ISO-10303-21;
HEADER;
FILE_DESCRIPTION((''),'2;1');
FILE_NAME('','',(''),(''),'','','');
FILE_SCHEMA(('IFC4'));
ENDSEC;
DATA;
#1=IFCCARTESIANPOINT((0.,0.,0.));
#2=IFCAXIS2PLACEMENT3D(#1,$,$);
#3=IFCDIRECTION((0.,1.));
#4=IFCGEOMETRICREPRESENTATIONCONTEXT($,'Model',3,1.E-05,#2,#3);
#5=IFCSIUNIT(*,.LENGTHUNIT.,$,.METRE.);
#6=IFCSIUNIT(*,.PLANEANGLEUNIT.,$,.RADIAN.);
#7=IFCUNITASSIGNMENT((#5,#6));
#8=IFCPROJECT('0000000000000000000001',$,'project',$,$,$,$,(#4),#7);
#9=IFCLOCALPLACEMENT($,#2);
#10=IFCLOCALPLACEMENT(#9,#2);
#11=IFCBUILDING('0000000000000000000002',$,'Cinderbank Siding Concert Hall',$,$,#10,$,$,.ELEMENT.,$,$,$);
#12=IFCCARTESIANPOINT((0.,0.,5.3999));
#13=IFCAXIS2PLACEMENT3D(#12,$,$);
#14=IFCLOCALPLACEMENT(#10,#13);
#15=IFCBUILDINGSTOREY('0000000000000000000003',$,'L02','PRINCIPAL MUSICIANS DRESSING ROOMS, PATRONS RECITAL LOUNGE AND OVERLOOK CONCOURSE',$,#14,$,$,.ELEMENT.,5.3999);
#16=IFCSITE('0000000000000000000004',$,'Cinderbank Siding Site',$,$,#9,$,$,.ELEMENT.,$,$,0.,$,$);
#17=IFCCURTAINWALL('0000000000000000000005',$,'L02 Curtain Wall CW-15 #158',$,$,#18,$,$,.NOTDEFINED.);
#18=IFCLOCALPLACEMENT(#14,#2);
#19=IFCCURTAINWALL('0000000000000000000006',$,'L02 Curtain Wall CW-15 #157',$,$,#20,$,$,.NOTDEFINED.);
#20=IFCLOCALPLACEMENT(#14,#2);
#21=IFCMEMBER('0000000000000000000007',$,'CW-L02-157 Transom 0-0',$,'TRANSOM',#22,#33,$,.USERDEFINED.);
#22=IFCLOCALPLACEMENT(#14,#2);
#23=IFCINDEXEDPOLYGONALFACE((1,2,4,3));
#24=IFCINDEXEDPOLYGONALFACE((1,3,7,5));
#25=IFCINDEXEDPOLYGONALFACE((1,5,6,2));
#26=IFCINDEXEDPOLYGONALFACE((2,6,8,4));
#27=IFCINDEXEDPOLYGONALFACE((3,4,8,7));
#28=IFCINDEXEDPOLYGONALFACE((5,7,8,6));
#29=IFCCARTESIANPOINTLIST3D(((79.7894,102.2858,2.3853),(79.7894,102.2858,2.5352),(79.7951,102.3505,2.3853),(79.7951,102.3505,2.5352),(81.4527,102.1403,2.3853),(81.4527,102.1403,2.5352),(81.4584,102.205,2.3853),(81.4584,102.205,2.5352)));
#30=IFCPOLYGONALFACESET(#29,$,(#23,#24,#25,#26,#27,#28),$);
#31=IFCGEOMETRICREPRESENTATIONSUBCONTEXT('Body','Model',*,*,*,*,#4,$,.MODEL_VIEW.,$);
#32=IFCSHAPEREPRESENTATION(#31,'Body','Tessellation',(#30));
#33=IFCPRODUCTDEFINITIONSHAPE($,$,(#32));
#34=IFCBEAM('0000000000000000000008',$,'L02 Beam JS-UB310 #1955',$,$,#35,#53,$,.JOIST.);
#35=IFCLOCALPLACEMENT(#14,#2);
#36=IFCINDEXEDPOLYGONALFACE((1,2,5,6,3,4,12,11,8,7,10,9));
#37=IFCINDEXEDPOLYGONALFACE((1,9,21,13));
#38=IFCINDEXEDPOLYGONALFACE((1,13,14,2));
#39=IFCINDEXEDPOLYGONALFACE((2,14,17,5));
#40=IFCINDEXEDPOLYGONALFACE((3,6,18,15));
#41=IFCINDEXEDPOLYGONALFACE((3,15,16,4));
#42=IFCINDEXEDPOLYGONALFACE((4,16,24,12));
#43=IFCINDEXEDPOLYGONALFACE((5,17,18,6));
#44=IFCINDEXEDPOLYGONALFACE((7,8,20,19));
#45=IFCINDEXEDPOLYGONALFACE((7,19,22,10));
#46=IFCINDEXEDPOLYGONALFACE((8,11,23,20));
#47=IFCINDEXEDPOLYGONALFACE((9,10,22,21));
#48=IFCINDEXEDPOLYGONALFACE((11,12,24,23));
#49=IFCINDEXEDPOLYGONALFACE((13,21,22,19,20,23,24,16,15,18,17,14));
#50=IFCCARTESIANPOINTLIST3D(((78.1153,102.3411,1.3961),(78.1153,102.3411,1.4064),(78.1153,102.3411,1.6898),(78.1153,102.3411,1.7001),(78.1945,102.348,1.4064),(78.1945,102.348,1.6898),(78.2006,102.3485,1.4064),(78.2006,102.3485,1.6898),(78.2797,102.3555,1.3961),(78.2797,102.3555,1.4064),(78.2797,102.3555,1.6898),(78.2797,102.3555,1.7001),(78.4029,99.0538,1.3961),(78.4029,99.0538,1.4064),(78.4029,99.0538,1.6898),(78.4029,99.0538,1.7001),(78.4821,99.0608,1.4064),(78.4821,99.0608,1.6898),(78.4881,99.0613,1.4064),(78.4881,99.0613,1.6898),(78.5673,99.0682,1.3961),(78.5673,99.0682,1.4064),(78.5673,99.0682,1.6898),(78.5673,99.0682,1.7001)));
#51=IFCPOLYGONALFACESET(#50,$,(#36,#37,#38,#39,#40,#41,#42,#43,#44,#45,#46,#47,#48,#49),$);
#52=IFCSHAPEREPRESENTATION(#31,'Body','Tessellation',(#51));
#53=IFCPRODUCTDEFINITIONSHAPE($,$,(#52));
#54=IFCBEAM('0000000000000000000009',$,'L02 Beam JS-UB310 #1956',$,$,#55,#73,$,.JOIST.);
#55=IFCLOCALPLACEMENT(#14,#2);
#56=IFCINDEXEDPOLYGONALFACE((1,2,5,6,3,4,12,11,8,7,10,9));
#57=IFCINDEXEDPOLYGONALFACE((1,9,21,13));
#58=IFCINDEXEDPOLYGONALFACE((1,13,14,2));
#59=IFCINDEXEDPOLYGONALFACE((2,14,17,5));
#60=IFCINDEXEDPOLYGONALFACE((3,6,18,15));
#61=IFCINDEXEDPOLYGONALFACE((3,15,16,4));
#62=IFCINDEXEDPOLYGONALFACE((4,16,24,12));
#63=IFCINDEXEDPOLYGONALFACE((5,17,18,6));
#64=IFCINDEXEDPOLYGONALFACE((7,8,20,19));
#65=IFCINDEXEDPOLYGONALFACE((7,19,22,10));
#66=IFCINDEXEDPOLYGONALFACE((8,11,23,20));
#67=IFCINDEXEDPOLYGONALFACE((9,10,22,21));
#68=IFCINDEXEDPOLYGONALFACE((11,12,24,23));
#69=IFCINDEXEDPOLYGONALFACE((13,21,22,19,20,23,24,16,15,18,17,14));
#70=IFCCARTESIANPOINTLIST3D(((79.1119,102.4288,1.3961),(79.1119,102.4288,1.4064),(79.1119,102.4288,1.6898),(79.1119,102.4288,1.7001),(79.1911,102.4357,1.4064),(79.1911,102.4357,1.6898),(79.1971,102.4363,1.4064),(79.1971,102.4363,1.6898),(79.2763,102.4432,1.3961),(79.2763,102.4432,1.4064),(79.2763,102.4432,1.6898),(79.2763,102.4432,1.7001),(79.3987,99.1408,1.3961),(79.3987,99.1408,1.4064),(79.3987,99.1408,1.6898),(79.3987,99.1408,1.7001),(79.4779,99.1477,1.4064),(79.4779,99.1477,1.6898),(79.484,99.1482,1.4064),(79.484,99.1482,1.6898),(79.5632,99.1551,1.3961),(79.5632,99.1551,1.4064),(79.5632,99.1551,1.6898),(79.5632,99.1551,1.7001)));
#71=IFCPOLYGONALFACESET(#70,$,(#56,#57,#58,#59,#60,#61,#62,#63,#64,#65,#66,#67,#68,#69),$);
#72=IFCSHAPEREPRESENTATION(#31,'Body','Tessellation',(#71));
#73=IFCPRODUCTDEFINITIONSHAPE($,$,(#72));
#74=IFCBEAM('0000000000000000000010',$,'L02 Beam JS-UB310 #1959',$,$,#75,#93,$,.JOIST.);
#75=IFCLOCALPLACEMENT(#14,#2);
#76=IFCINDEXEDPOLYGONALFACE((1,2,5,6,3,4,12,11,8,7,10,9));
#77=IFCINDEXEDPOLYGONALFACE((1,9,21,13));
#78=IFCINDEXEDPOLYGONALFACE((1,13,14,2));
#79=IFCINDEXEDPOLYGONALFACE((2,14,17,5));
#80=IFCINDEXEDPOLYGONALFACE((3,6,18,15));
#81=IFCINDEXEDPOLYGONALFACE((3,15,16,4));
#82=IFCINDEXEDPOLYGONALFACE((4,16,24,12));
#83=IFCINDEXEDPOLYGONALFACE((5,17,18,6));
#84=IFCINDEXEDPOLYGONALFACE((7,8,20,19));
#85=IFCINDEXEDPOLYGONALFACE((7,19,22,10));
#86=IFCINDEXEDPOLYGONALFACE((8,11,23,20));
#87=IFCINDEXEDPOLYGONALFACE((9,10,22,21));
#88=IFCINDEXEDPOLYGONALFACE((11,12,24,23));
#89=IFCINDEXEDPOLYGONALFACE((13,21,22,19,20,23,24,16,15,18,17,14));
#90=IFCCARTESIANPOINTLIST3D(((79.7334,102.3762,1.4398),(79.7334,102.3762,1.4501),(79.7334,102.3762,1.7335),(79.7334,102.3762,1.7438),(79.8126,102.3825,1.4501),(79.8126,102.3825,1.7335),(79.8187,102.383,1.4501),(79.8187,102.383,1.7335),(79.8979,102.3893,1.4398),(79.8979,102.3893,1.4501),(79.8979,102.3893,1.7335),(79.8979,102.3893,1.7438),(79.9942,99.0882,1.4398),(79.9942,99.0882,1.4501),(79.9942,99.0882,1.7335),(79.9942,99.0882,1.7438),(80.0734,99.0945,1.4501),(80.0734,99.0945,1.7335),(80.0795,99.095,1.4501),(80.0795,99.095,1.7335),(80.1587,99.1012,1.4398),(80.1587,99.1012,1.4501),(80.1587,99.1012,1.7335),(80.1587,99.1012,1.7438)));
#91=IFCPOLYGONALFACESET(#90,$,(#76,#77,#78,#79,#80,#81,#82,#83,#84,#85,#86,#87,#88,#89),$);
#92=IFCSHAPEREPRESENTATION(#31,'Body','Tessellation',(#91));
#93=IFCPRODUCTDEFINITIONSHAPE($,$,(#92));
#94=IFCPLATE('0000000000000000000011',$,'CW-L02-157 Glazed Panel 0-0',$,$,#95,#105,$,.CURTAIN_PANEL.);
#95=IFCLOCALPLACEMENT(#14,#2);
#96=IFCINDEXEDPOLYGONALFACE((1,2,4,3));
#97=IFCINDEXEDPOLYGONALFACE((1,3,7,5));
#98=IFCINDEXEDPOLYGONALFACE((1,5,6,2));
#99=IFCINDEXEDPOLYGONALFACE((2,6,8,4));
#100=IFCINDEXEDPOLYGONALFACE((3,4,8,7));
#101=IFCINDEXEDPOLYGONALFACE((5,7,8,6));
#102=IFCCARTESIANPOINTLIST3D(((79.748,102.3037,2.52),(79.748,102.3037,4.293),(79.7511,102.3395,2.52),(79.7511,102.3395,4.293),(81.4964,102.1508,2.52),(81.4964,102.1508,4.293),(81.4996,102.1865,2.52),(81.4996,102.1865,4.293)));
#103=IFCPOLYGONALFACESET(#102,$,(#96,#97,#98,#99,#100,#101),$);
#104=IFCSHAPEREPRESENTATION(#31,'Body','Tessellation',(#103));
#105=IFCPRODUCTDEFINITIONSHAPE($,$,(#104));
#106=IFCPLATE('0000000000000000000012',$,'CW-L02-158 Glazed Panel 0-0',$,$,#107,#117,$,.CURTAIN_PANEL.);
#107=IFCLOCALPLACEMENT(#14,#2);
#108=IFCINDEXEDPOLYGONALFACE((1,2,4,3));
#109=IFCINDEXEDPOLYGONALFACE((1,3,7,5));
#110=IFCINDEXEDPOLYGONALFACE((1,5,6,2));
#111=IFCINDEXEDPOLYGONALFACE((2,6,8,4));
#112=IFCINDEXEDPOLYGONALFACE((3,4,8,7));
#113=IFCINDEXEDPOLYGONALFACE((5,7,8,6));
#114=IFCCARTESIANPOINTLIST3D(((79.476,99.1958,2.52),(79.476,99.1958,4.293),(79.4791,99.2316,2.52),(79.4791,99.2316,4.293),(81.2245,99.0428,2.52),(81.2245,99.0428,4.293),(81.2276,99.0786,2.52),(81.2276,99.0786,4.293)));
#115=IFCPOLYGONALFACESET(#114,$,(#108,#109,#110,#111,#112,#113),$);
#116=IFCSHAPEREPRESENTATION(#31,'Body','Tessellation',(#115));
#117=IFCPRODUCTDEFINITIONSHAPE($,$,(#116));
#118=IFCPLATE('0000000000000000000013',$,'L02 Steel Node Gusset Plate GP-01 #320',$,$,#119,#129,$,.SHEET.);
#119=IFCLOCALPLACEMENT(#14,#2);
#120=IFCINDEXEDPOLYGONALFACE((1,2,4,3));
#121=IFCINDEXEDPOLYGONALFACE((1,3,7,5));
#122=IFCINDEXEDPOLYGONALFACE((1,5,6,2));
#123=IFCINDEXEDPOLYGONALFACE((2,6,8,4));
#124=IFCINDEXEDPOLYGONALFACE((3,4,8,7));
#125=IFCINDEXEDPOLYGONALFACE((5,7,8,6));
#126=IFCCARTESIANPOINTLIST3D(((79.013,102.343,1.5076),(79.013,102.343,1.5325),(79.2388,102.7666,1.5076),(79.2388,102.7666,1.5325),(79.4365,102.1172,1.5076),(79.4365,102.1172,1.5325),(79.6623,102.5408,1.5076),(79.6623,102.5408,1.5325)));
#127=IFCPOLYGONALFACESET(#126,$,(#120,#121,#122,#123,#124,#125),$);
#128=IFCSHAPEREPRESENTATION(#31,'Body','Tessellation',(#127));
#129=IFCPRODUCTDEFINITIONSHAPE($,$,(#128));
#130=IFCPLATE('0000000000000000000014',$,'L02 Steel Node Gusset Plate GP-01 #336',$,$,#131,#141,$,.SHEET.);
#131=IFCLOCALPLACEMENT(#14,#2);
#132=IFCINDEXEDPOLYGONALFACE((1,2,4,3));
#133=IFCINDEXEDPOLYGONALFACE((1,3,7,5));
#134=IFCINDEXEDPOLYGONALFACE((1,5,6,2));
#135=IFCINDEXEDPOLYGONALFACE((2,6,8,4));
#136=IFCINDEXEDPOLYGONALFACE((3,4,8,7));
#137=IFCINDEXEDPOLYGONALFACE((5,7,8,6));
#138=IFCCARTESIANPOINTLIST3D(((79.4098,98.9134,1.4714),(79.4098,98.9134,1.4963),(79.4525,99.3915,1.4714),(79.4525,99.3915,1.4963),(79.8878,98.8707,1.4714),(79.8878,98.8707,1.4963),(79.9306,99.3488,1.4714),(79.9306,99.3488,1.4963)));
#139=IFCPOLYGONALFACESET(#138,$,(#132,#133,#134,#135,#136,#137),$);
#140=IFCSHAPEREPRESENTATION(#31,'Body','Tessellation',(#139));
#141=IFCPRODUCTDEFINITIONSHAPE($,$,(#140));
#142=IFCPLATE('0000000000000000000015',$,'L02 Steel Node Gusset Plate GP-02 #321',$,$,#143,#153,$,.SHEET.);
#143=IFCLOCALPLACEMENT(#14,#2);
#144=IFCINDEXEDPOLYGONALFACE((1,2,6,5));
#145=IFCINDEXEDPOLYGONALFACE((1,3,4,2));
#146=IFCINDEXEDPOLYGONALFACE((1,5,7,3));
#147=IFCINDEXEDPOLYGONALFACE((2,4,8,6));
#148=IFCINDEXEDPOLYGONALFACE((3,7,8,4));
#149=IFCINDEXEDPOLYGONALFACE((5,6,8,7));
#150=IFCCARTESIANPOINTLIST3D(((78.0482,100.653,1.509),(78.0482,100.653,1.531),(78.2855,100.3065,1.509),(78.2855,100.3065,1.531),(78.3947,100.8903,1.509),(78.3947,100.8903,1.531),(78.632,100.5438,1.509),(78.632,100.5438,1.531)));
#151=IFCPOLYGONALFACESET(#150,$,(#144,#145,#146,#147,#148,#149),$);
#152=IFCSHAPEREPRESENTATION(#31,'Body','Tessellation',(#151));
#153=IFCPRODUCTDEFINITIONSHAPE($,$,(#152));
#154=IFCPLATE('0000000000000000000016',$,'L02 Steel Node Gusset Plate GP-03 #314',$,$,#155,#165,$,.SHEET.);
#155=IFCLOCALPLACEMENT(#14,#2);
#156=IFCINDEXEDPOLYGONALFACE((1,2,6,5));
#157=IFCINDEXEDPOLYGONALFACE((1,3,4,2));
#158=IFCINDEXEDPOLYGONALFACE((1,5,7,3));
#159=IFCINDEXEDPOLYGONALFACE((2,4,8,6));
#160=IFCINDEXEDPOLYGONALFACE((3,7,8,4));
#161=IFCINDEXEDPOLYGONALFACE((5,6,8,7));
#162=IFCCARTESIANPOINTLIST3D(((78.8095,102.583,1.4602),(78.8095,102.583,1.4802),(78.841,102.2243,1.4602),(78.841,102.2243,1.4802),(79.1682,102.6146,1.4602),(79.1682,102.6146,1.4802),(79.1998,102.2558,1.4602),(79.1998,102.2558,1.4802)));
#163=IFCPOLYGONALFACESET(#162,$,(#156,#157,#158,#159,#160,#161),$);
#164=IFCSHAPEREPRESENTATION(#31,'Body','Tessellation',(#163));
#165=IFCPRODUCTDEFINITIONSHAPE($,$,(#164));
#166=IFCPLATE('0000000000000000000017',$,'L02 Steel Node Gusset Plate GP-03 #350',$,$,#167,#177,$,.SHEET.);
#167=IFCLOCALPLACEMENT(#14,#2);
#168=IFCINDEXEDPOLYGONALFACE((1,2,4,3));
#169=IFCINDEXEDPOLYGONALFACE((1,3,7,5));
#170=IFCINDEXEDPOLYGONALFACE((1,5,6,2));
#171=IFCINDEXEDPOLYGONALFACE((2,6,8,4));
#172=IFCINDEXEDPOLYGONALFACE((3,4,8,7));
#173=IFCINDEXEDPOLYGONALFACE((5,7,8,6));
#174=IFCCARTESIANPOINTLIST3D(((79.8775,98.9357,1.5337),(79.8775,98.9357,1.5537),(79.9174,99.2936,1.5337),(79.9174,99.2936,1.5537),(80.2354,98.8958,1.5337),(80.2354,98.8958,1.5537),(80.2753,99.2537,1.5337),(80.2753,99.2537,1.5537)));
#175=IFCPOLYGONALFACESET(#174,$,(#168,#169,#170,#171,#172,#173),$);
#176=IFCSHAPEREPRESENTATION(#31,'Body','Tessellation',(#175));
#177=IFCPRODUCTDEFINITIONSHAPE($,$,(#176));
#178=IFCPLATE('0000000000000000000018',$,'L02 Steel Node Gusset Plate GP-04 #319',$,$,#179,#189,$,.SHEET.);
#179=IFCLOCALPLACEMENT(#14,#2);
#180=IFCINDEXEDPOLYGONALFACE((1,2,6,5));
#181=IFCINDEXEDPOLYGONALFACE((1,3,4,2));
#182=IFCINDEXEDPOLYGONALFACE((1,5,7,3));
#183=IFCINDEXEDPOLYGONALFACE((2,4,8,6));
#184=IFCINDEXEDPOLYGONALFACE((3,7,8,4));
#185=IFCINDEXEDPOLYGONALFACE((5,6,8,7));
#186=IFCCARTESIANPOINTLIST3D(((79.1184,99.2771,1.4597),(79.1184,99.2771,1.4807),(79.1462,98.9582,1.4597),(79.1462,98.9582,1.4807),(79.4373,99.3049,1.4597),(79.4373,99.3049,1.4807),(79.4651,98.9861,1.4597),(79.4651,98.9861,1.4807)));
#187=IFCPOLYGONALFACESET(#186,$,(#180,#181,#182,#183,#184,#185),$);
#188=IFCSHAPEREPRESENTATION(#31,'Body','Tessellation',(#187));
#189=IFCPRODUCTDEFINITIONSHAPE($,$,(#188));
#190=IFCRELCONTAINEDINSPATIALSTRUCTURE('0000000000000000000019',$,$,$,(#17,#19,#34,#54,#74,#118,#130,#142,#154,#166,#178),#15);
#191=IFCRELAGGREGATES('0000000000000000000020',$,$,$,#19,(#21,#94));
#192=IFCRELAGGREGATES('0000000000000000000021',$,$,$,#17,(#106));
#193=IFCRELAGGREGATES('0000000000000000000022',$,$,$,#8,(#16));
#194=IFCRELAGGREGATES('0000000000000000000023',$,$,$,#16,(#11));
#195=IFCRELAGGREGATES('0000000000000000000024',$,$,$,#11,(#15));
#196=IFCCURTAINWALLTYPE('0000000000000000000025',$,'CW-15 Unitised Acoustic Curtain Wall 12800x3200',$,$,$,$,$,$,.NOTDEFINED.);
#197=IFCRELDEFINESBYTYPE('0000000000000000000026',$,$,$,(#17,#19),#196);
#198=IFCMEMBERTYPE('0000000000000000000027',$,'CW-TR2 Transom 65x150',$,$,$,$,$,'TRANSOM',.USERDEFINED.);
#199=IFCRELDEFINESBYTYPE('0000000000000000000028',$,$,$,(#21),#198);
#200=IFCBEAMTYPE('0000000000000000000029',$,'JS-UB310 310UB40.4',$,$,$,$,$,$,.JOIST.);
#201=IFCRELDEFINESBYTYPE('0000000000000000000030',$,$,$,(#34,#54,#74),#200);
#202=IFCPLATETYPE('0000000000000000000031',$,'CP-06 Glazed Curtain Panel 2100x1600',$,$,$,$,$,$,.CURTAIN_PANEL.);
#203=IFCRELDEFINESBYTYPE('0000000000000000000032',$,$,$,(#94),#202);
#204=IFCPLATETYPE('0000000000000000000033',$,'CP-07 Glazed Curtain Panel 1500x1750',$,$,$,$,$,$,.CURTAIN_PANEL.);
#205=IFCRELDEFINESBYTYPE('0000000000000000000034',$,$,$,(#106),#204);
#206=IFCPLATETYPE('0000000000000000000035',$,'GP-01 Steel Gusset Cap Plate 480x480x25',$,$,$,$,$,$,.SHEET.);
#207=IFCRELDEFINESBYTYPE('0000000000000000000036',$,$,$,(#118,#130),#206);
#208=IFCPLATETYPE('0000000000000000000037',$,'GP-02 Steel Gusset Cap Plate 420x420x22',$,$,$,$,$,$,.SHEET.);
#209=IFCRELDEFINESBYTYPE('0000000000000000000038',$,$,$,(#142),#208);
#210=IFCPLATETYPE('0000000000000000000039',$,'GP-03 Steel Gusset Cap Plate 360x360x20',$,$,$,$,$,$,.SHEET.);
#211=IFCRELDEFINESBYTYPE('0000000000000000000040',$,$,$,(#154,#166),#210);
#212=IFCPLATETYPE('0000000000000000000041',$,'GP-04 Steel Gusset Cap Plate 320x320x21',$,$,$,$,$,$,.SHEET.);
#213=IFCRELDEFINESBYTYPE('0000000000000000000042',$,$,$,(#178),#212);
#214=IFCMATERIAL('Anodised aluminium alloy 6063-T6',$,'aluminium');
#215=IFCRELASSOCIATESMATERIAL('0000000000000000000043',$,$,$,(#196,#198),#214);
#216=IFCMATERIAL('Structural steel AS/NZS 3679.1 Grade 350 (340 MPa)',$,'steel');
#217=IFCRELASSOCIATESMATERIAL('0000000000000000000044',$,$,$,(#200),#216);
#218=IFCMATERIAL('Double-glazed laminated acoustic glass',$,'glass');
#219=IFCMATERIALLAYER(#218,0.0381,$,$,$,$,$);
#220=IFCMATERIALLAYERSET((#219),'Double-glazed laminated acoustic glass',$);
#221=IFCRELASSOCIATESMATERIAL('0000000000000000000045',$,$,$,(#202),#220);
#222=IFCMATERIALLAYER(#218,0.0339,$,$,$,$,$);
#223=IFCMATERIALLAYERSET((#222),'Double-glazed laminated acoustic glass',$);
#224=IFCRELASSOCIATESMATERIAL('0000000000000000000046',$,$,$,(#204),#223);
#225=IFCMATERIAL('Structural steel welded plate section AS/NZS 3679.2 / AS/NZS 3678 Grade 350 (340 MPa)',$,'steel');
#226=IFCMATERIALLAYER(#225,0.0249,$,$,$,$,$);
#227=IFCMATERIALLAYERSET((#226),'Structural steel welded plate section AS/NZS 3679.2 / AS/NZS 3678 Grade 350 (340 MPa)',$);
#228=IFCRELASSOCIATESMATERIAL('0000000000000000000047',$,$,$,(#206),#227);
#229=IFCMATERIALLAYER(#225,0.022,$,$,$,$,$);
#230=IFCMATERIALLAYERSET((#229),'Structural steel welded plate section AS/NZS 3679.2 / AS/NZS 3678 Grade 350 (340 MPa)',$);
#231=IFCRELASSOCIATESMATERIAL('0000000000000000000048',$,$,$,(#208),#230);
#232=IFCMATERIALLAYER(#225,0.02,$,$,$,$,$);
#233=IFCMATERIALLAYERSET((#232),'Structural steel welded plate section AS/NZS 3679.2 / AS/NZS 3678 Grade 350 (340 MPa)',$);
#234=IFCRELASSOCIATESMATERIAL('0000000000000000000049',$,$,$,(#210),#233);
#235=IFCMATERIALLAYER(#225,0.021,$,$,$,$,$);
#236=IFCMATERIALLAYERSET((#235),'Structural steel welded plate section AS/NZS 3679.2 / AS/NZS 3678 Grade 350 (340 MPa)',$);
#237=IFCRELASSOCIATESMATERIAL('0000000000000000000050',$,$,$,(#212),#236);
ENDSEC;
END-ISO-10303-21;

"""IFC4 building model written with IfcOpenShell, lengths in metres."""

from ifc_helpers import new_model, si_unit, direction, frame, origin, origin_2d, place, context, subcontext, project, spatial, rectangle, i_section, extrude, material, layer, layer_set, material_profile, profile_set, type_object, element, aggregate, save


model = new_model("IFC4")

# Units and contexts
model_context = context("Model", 3, precision=1e-05, world=origin(), true_north=direction((0.0, 1.0)))
body_context = subcontext(model_context, "Body", "Model", "MODEL_VIEW")
ifc_project = project(units=[si_unit("LENGTHUNIT", "METRE"), si_unit("PLANEANGLEUNIT", "RADIAN")], contexts=[model_context])

# Site, building, storey
site_placement = place(None, origin())
site = spatial("IfcSite", under=ifc_project, at=site_placement, Name="Cinderbank Siding Site", CompositionType="ELEMENT", RefElevation=0.0)
building_placement = place(site_placement, origin())
building = spatial("IfcBuilding", under=site, at=building_placement, Name="Cinderbank Siding Concert Hall", CompositionType="ELEMENT")
storey_placement = place(building_placement, frame((0.0, 0.0, 5.3999)))
storey = spatial("IfcBuildingStorey", under=building, at=storey_placement, Name="L02", Description="PRINCIPAL MUSICIANS DRESSING ROOMS, PATRONS RECITAL LOUNGE AND OVERLOOK CONCOURSE", CompositionType="ELEMENT", Elevation=5.3999)

# Shared definitions
ifc_material_1 = material(Name="Structural steel welded plate section AS/NZS 3679.2 / AS/NZS 3678 Grade 350 (340 MPa)", Category="steel")

# Curtain walls
ifc_material_2 = material(Name="Anodised aluminium alloy 6063-T6", Category="aluminium")
curtain_wall_type = type_object("IfcCurtainWallType", Name="CW-15 Unitised Acoustic Curtain Wall 12800x3200", PredefinedType="NOTDEFINED", material=ifc_material_2)
curtain_wall_1_placement = place(storey_placement, origin())
curtain_wall_1 = element("IfcCurtainWall", 1, at=curtain_wall_1_placement, inside=storey, type_object=curtain_wall_type, Name="L02 Curtain Wall CW-15 #158", PredefinedType="NOTDEFINED")
curtain_wall_2_placement = place(storey_placement, origin())
curtain_wall_2 = element("IfcCurtainWall", 2, at=curtain_wall_2_placement, inside=storey, type_object=curtain_wall_type, Name="L02 Curtain Wall CW-15 #157", PredefinedType="NOTDEFINED")

# Member
ifc_material_profile_1 = material_profile(ifc_material_2, rectangle(XDim=0.0649, YDim=0.1499, at=origin_2d()), Name="ALU-TRAN-65x150", Category="LoadBearing")
ifc_profile_set_1 = profile_set([ifc_material_profile_1], Name="Anodised aluminium alloy 6063-T6")
member_type_1 = type_object("IfcMemberType", Name="CW-TR2 Transom 65x150", ElementType="TRANSOM", PredefinedType="USERDEFINED", material=ifc_profile_set_1)
member_1_placement = place(storey_placement, frame((79.7922, 102.3181, 2.4602), z_axis=(0.996195, -0.087147, 0.0), x_axis=(0.087147, 0.996195, 0.0)))
member_1 = element("IfcMember", 3, at=member_1_placement, type_object=member_type_1, Name="CW-L02-157 Transom 0-0", ObjectType="TRANSOM", PredefinedType="USERDEFINED", context=body_context, shape_type="SweptSolid", body=[
    extrude(rectangle(XDim=0.0649, YDim=0.1499, at=origin_2d()), origin(), (0.0, 0.0, 1.0), 1.6697),
])

# Beams
ifc_material_3 = material(Name="Structural steel AS/NZS 3679.1 Grade 350 (340 MPa)", Category="steel")
ifc_material_profile_2 = material_profile(ifc_material_3, i_section(OverallWidth=0.165, OverallDepth=0.304, WebThickness=0.0061, FlangeThickness=0.0103, at=origin_2d()), Name="310UB40.4", Category="LoadBearing")
ifc_profile_set_2 = profile_set([ifc_material_profile_2], Name="Structural steel AS/NZS 3679.1 Grade 350 (340 MPa)")
beam_type_1 = type_object("IfcBeamType", Name="JS-UB310 310UB40.4", PredefinedType="JOIST", material=ifc_profile_set_2)
beam_1_placement = place(storey_placement, frame((78.4851, 99.061, 1.5481), z_axis=(-0.087153, 0.996195, 0.0), x_axis=(-0.996195, -0.087153, 0.0)))
element("IfcBeam", 4, at=beam_1_placement, inside=storey, type_object=beam_type_1, Name="L02 Beam JS-UB310 #1955", PredefinedType="JOIST", context=body_context, shape_type="SweptSolid", body=[
    extrude(i_section(OverallWidth=0.165, OverallDepth=0.304, WebThickness=0.0061, FlangeThickness=0.0103, at=origin_2d()), origin(), (0.0, 0.0, 1.0), 3.2998),
])
beam_2_placement = place(storey_placement, frame((79.481, 99.1479, 1.5481), z_axis=(-0.086914, 0.996216, 0.0), x_axis=(-0.996216, -0.086914, 0.0)))
element("IfcBeam", 5, at=beam_2_placement, inside=storey, type_object=beam_type_1, Name="L02 Beam JS-UB310 #1956", PredefinedType="JOIST", context=body_context, shape_type="SweptSolid", body=[
    extrude(i_section(OverallWidth=0.165, OverallDepth=0.304, WebThickness=0.0061, FlangeThickness=0.0103, at=origin_2d()), origin(), (0.0, 0.0, 1.0), 3.3005),
])
beam_3_placement = place(storey_placement, frame((80.0764, 99.0947, 1.5918), z_axis=(-0.079051, 0.996871, 0.0), x_axis=(-0.996871, -0.079051, 0.0)))
element("IfcBeam", 6, at=beam_3_placement, inside=storey, type_object=beam_type_1, Name="L02 Beam JS-UB310 #1959", PredefinedType="JOIST", context=body_context, shape_type="SweptSolid", body=[
    extrude(i_section(OverallWidth=0.165, OverallDepth=0.304, WebThickness=0.0061, FlangeThickness=0.0103, at=origin_2d()), origin(), (0.0, 0.0, 1.0), 3.2983),
])

# Plates
ifc_material_4 = material(Name="Double-glazed laminated acoustic glass", Category="glass")
ifc_layer_1 = layer(ifc_material_4, 0.0381)
ifc_layer_set_1 = layer_set([ifc_layer_1], Name="Double-glazed laminated acoustic glass")
plate_type_1 = type_object("IfcPlateType", Name="CP-06 Glazed Curtain Panel 2100x1600", PredefinedType="CURTAIN_PANEL", material=ifc_layer_set_1)
plate_1_placement = place(storey_placement, frame((80.6238, 102.2451, 2.52), z_axis=(0.0, 0.0, 1.0), x_axis=(0.996195, -0.087157, 0.0)))
plate_1 = element("IfcPlate", 7, at=plate_1_placement, type_object=plate_type_1, Name="CW-L02-157 Glazed Panel 0-0", PredefinedType="CURTAIN_PANEL", context=body_context, shape_type="SweptSolid", body=[
    extrude(rectangle(XDim=1.7551, YDim=0.0359, at=origin_2d()), origin(), (0.0, 0.0, 1.0), 1.7729),
])
aggregate(curtain_wall_2, [member_1, plate_1])
ifc_layer_2 = layer(ifc_material_4, 0.0339)
ifc_layer_set_2 = layer_set([ifc_layer_2], Name="Double-glazed laminated acoustic glass")
plate_type_2 = type_object("IfcPlateType", Name="CP-07 Glazed Curtain Panel 1500x1750", PredefinedType="CURTAIN_PANEL", material=ifc_layer_set_2)
plate_2_placement = place(storey_placement, frame((80.3518, 99.1372, 2.52), z_axis=(0.0, 0.0, 1.0), x_axis=(0.996195, -0.087157, 0.0)))
plate_2 = element("IfcPlate", 8, at=plate_2_placement, type_object=plate_type_2, Name="CW-L02-158 Glazed Panel 0-0", PredefinedType="CURTAIN_PANEL", context=body_context, shape_type="SweptSolid", body=[
    extrude(rectangle(XDim=1.7551, YDim=0.0359, at=origin_2d()), origin(), (0.0, 0.0, 1.0), 1.7729),
])
aggregate(curtain_wall_1, [plate_2])

# Plates
ifc_layer_3 = layer(ifc_material_1, 0.0249)
ifc_layer_set_3 = layer_set([ifc_layer_3], Name="Structural steel welded plate section AS/NZS 3679.2 / AS/NZS 3678 Grade 350 (340 MPa)")
plate_type_3 = type_object("IfcPlateType", Name="GP-01 Steel Gusset Cap Plate 480x480x25", PredefinedType="SHEET", material=ifc_layer_set_3)
for number, where, z_axis, x_axis, name in (
    (9, (79.3376, 102.4419, 1.5076), (0.0, 0.0, 1.0), (0.470396, 0.882455, 0.0), "L02 Steel Node Gusset Plate GP-01 #320"),
    (10, (79.6702, 99.1311, 1.4714), (0.0, 0.0, 1.0), (0.996026, -0.089068, 0.0), "L02 Steel Node Gusset Plate GP-01 #336"),
):
    element("IfcPlate", number, at=place(storey_placement, frame(where, z_axis=z_axis, x_axis=x_axis)), inside=storey, type_object=plate_type_3, Name=name, PredefinedType="SHEET", context=body_context, shape_type="SweptSolid", body=[
        extrude(rectangle(XDim=0.48, YDim=0.48, at=origin_2d()), origin(), (0.0, 0.0, 1.0), 0.0249),
    ])
ifc_layer_4 = layer(ifc_material_1, 0.022)
ifc_layer_set_4 = layer_set([ifc_layer_4], Name="Structural steel welded plate section AS/NZS 3679.2 / AS/NZS 3678 Grade 350 (340 MPa)")
plate_type_4 = type_object("IfcPlateType", Name="GP-02 Steel Gusset Cap Plate 420x420x22", PredefinedType="SHEET", material=ifc_layer_set_4)
plate_3_placement = place(storey_placement, frame((78.3401, 100.5984, 1.509), z_axis=(0.0, 0.0, 1.0), x_axis=(0.564967, -0.825113, 0.0)))
element("IfcPlate", 11, at=plate_3_placement, inside=storey, type_object=plate_type_4, Name="L02 Steel Node Gusset Plate GP-02 #321", PredefinedType="SHEET", context=body_context, shape_type="SweptSolid", body=[
    extrude(rectangle(XDim=0.4199, YDim=0.4199, at=origin_2d()), origin(), (0.0, 0.0, 1.0), 0.022),
])
ifc_layer_5 = layer(ifc_material_1, 0.02)
ifc_layer_set_5 = layer_set([ifc_layer_5], Name="Structural steel welded plate section AS/NZS 3679.2 / AS/NZS 3678 Grade 350 (340 MPa)")
plate_type_5 = type_object("IfcPlateType", Name="GP-03 Steel Gusset Cap Plate 360x360x20", PredefinedType="SHEET", material=ifc_layer_set_5)
for number, where, z_axis, x_axis, name in (
    (12, (79.0046, 102.4194, 1.4602), (0.0, 0.0, 1.0), (0.996164, 0.087503, 0.0), "L02 Steel Node Gusset Plate GP-03 #314"),
    (13, (80.0764, 99.0947, 1.5337), (0.0, 0.0, 1.0), (0.110775, 0.993845, 0.0), "L02 Steel Node Gusset Plate GP-03 #350"),
):
    element("IfcPlate", number, at=place(storey_placement, frame(where, z_axis=z_axis, x_axis=x_axis)), inside=storey, type_object=plate_type_5, Name=name, PredefinedType="SHEET", context=body_context, shape_type="SweptSolid", body=[
        extrude(rectangle(XDim=0.3601, YDim=0.3601, at=origin_2d()), origin(), (0.0, 0.0, 1.0), 0.02),
    ])
ifc_layer_6 = layer(ifc_material_1, 0.021)
ifc_layer_set_6 = layer_set([ifc_layer_6], Name="Structural steel welded plate section AS/NZS 3679.2 / AS/NZS 3678 Grade 350 (340 MPa)")
plate_type_6 = type_object("IfcPlateType", Name="GP-04 Steel Gusset Cap Plate 320x320x21", PredefinedType="SHEET", material=ifc_layer_set_6)
for number, where, z_axis, x_axis, name in (
    (14, (79.2917, 99.1316, 1.4597), (0.0, 0.0, 1.0), (0.99621, 0.086982, 0.0), "L02 Steel Node Gusset Plate GP-04 #319"),
):
    element("IfcPlate", number, at=place(storey_placement, frame(where, z_axis=z_axis, x_axis=x_axis)), inside=storey, type_object=plate_type_6, Name=name, PredefinedType="SHEET", context=body_context, shape_type="SweptSolid", body=[
        extrude(rectangle(XDim=0.3201, YDim=0.3201, at=origin_2d()), origin(), (0.0, 0.0, 1.0), 0.021),
    ])

save(model, "model.ifc")
